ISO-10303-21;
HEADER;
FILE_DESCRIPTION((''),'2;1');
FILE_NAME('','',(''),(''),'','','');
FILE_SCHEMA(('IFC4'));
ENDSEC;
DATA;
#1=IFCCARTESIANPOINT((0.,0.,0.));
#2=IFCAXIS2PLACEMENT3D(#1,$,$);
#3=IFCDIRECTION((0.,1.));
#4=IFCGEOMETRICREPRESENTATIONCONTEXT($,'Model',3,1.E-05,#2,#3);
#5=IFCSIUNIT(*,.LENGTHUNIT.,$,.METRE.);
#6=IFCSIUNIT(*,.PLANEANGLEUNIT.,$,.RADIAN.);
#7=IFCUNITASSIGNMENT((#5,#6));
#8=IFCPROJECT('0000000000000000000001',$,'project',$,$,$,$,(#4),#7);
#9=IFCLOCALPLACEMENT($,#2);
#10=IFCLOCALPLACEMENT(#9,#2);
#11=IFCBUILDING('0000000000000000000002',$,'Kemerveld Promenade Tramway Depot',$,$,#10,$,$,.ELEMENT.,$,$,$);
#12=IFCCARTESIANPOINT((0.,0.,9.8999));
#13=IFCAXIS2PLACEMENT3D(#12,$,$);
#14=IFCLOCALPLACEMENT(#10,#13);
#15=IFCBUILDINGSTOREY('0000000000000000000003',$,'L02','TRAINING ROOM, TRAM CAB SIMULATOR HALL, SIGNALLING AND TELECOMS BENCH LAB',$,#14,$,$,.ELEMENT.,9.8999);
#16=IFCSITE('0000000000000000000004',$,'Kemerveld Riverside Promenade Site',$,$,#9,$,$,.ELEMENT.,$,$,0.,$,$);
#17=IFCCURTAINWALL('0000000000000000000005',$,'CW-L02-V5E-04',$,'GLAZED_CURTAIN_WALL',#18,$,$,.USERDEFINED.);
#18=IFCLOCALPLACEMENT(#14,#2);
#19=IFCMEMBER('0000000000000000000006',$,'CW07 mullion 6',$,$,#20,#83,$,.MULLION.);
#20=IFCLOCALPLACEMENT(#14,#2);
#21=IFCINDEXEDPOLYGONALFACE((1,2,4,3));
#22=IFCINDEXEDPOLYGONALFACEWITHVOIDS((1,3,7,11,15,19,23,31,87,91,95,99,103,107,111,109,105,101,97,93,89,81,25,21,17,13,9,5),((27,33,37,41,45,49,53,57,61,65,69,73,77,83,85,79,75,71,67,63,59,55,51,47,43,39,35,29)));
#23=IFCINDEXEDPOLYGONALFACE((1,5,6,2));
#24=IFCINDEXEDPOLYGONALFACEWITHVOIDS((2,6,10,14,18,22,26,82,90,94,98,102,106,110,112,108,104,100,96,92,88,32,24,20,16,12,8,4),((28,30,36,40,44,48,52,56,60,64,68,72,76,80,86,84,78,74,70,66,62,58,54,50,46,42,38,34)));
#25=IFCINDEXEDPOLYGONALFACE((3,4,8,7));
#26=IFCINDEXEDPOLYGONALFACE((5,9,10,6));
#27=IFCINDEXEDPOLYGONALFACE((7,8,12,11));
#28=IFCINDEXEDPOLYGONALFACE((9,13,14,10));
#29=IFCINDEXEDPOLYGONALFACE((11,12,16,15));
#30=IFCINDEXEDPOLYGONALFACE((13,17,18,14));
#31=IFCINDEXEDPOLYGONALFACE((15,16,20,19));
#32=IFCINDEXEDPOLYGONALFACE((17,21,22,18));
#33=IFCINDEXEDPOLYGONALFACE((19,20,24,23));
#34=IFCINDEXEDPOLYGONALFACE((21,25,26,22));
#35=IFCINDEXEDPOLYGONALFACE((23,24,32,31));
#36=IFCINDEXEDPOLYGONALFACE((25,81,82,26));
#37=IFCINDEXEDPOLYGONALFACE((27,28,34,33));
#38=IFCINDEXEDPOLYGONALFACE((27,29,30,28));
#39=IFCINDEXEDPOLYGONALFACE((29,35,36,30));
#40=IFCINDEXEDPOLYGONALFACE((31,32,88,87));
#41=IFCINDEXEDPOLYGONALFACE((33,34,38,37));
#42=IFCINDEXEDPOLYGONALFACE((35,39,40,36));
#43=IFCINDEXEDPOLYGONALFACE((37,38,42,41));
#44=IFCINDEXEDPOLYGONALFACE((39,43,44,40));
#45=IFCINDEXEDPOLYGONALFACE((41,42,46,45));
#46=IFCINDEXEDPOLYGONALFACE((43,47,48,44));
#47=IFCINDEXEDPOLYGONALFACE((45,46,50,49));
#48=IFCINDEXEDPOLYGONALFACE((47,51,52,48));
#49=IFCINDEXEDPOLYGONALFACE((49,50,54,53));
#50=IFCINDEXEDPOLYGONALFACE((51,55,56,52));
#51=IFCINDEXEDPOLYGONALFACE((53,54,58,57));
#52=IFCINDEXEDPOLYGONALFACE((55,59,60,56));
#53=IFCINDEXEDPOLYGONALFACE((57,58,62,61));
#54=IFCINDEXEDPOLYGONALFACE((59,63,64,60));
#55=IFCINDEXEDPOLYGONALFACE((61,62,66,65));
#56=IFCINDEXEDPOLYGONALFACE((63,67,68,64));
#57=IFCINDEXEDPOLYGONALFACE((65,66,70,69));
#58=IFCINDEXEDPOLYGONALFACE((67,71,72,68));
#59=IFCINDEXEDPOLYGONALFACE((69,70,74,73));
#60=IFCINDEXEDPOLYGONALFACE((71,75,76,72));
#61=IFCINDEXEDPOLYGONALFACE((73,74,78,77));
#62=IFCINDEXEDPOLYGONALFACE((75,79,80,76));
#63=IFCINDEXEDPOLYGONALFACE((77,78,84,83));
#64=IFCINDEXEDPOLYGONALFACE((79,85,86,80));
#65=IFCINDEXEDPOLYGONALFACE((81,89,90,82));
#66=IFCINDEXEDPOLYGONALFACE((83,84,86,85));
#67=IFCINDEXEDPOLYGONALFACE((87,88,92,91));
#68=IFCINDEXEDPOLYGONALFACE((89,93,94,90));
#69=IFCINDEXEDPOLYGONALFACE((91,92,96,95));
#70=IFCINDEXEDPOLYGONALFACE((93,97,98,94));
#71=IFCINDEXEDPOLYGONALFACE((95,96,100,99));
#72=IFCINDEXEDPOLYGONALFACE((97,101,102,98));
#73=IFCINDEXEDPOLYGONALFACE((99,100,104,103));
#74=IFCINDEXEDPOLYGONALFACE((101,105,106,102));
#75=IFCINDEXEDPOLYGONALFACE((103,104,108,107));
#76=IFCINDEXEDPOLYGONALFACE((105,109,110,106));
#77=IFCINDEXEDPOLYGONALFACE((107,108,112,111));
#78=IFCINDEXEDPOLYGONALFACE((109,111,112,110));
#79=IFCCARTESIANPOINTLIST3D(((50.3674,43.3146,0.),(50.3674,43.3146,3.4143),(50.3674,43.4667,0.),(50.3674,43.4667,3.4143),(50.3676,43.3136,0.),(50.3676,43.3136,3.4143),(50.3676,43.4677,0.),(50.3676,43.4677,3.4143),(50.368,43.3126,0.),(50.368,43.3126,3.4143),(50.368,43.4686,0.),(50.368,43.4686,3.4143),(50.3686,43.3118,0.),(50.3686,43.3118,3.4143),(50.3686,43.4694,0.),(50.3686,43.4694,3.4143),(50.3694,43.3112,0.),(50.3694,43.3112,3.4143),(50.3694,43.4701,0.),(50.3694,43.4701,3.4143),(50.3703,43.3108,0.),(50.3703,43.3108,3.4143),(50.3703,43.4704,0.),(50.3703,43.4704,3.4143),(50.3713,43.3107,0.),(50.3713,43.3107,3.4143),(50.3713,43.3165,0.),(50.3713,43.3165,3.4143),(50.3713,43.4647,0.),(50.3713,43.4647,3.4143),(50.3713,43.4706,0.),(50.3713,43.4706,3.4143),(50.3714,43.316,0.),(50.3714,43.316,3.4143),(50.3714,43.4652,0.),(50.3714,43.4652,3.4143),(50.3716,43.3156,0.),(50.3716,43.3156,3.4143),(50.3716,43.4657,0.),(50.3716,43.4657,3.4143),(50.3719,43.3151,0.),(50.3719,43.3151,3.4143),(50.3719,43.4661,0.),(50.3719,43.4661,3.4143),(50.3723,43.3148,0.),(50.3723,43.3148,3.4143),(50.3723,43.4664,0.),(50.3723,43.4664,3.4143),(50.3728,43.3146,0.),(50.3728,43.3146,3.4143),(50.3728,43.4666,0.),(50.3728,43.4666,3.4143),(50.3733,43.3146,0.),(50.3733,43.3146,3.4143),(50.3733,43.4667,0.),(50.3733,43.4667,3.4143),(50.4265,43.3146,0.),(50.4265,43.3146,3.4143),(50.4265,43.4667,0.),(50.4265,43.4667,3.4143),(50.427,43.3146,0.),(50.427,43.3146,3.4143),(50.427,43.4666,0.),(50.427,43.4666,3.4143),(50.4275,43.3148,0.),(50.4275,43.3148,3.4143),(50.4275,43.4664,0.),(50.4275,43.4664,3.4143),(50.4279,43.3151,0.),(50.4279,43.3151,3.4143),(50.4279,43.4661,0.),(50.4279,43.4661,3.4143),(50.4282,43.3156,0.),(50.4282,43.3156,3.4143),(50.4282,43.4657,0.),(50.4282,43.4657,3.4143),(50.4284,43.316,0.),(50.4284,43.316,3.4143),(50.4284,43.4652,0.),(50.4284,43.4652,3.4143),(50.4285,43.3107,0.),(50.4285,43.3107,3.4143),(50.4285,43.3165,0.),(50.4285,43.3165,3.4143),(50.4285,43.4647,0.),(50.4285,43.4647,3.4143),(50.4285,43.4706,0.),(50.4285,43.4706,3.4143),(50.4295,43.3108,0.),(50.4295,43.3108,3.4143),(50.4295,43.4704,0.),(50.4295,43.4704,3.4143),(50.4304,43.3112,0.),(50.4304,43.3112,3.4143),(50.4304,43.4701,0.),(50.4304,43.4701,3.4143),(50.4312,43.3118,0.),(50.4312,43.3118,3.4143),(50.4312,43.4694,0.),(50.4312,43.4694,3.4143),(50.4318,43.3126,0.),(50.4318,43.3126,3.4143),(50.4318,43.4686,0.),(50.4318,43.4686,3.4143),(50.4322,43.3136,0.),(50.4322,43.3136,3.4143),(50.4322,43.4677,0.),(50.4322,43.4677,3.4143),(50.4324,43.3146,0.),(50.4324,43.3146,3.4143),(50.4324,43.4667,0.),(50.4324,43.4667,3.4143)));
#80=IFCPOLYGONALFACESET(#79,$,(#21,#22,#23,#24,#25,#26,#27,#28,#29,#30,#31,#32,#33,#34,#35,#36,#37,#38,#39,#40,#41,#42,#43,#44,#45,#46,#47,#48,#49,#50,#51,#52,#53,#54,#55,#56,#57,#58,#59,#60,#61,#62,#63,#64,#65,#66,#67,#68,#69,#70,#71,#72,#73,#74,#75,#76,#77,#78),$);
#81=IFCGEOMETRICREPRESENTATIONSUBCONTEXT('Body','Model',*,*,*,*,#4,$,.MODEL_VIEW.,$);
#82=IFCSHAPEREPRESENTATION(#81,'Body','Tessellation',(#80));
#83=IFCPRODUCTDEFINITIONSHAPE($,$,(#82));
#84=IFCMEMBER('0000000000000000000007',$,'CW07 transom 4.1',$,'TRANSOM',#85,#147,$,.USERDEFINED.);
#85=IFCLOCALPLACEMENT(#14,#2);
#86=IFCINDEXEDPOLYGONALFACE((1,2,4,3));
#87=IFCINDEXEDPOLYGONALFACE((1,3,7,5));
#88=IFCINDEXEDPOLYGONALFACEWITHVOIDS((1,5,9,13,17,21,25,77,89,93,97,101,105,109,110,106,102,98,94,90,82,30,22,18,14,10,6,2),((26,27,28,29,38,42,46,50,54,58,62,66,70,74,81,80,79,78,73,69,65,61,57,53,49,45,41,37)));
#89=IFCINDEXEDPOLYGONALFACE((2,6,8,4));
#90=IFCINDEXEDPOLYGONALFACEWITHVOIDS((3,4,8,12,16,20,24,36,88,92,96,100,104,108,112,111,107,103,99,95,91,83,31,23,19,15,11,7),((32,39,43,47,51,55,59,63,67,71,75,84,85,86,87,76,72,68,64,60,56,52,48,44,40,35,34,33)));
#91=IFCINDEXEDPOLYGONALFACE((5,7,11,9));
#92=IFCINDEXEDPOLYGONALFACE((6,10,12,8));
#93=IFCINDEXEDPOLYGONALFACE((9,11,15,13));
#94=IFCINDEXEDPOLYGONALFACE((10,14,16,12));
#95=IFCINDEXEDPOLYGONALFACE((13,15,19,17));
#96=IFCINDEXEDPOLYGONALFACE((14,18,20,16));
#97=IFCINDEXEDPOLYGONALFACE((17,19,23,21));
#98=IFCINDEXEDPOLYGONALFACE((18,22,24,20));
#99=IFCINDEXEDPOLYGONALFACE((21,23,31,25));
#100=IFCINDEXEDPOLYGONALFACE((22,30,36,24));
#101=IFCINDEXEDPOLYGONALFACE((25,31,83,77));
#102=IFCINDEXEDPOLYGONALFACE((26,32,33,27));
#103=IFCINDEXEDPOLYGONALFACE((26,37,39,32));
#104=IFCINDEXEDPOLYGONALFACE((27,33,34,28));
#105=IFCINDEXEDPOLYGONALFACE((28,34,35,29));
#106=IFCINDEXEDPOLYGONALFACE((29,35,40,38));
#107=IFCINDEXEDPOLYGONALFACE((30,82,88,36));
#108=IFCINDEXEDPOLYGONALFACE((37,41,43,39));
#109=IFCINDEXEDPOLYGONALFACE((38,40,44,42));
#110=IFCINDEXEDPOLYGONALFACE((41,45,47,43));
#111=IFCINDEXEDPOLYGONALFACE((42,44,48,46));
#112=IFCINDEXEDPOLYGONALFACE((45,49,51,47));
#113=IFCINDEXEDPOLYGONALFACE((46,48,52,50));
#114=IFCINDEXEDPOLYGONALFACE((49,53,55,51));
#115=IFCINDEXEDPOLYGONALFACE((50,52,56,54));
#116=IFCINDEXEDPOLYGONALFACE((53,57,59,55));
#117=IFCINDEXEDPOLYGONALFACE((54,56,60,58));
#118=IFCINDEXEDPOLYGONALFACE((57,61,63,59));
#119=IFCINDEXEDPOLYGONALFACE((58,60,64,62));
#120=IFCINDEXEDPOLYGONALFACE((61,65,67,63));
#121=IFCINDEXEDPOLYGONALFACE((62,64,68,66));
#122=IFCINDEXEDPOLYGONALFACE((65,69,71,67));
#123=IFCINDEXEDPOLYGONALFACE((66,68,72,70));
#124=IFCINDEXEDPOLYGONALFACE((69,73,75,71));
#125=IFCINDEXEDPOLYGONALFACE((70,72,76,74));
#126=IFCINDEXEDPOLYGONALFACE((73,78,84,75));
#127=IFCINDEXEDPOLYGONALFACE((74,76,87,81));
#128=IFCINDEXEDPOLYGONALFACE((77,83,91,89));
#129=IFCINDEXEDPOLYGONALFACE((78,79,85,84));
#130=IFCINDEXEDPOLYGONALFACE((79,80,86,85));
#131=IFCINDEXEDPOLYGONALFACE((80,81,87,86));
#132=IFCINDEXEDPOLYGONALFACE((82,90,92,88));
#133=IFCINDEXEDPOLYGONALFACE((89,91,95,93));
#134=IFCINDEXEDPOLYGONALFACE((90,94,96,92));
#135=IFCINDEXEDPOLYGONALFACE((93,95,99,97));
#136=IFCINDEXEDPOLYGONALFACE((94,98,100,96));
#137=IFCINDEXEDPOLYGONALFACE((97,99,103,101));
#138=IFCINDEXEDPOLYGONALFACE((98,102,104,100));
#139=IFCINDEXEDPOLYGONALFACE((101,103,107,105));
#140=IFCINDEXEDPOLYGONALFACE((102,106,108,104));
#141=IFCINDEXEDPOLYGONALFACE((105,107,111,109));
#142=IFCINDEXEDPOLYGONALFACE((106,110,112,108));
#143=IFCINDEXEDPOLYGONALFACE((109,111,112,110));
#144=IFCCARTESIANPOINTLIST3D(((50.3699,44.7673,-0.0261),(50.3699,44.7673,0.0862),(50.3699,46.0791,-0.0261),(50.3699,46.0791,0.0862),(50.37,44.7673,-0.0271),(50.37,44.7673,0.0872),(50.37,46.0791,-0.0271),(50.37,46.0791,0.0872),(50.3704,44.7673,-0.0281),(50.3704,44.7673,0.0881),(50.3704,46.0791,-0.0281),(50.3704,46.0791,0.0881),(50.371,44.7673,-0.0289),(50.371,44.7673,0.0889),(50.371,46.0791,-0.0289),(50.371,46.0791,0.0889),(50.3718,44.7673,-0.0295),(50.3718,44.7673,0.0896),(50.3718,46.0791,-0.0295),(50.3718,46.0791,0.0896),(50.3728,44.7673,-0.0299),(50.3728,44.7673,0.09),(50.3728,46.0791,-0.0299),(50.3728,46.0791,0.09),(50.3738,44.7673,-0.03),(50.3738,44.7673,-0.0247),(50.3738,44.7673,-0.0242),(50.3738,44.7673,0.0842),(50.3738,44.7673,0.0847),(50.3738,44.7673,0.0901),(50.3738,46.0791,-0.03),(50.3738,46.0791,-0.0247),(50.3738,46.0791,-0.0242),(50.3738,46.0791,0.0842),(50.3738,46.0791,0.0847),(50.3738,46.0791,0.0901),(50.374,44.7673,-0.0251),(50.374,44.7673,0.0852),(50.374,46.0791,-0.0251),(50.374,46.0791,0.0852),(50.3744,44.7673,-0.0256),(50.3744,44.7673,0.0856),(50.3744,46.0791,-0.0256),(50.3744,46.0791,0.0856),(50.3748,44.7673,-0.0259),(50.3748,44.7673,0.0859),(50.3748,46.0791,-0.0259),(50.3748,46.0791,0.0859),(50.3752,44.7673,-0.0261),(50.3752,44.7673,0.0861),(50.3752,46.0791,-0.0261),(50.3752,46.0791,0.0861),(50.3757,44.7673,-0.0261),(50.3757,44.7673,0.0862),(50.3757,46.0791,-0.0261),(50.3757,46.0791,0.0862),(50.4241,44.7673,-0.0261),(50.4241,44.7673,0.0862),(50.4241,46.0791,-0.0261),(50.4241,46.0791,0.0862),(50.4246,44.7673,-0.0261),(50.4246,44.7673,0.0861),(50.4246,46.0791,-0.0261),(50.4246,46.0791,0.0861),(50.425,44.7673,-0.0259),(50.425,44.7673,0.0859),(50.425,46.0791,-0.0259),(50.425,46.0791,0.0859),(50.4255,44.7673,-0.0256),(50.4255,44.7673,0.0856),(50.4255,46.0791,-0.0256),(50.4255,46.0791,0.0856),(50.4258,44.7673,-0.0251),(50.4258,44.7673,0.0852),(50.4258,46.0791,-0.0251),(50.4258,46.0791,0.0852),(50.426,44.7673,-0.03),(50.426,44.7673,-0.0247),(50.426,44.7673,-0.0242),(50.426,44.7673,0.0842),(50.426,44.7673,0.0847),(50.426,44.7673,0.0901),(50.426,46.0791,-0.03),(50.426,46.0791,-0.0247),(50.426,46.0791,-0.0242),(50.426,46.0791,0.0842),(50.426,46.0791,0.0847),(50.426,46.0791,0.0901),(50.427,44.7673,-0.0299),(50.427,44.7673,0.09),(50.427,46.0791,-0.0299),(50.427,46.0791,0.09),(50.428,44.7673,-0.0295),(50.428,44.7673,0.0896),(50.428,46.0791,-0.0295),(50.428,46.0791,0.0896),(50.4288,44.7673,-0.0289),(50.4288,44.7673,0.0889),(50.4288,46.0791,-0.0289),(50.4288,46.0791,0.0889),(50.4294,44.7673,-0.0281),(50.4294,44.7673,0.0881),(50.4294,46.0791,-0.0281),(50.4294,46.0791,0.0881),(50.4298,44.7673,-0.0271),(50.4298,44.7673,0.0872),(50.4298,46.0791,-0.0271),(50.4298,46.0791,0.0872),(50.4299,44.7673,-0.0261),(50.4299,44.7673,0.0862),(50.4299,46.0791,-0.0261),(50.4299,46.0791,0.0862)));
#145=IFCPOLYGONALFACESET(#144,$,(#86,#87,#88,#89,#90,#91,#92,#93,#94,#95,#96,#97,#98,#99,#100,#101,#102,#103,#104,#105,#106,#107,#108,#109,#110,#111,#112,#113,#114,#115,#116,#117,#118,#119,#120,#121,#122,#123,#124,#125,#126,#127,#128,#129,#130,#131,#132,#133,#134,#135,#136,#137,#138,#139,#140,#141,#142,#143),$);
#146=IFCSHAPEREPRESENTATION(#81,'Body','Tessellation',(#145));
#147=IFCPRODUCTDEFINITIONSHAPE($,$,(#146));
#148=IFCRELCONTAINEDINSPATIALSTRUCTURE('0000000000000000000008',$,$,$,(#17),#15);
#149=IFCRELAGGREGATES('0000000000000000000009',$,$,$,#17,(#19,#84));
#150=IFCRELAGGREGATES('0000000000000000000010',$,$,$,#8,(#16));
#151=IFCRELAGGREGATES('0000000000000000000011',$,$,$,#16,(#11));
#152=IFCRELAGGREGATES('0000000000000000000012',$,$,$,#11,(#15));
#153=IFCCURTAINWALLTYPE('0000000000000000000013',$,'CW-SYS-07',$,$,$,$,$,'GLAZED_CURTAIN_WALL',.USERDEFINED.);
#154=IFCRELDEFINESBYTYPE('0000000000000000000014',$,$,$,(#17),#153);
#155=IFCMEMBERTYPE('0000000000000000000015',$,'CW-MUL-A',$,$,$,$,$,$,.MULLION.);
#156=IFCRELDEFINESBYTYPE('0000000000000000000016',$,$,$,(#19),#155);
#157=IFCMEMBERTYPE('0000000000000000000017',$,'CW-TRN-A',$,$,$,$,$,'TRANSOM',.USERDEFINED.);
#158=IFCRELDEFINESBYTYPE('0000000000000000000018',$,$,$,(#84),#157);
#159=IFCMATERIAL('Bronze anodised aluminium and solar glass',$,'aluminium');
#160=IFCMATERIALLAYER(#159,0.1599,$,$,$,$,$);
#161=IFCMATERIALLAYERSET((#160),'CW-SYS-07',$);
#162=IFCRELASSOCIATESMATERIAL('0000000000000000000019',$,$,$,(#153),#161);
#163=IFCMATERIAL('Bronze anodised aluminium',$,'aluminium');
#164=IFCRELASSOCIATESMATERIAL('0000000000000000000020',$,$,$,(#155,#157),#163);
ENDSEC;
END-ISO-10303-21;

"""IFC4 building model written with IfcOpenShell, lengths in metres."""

from ifc_helpers import new_model, si_unit, direction, frame, origin, origin_2d, place, context, subcontext, project, spatial, hollow_rectangle, extrude, material, layer, layer_set, material_profile, profile_set, type_object, element, aggregate, save


model = new_model("IFC4")

# Units and contexts
model_context = context("Model", 3, precision=1e-05, world=origin(), true_north=direction((0.0, 1.0)))
body_context = subcontext(model_context, "Body", "Model", "MODEL_VIEW")
ifc_project = project(units=[si_unit("LENGTHUNIT", "METRE"), si_unit("PLANEANGLEUNIT", "RADIAN")], contexts=[model_context])

# Site, building, storey
site_placement = place(None, origin())
site = spatial("IfcSite", under=ifc_project, at=site_placement, Name="Kemerveld Riverside Promenade Site", CompositionType="ELEMENT", RefElevation=0.0)
building_placement = place(site_placement, origin())
building = spatial("IfcBuilding", under=site, at=building_placement, Name="Kemerveld Promenade Tramway Depot", CompositionType="ELEMENT")
storey_placement = place(building_placement, frame((0.0, 0.0, 9.8999)))
storey = spatial("IfcBuildingStorey", under=building, at=storey_placement, Name="L02", Description="TRAINING ROOM, TRAM CAB SIMULATOR HALL, SIGNALLING AND TELECOMS BENCH LAB", CompositionType="ELEMENT", Elevation=9.8999)

# Curtain wall, members
ifc_material_1 = material(Name="Bronze anodised aluminium and solar glass", Category="aluminium")
ifc_layer_1 = layer(ifc_material_1, 0.1599)
ifc_layer_set_1 = layer_set([ifc_layer_1], Name="CW-SYS-07")
curtain_wall_type = type_object("IfcCurtainWallType", Name="CW-SYS-07", ElementType="GLAZED_CURTAIN_WALL", PredefinedType="USERDEFINED", material=ifc_layer_set_1)
curtain_wall_placement = place(storey_placement, origin())
curtain_wall = element("IfcCurtainWall", 1, at=curtain_wall_placement, inside=storey, type_object=curtain_wall_type, Name="CW-L02-V5E-04", ObjectType="GLAZED_CURTAIN_WALL", PredefinedType="USERDEFINED")
ifc_material_2 = material(Name="Bronze anodised aluminium", Category="aluminium")
ifc_material_profile_1 = material_profile(ifc_material_2, hollow_rectangle(XDim=0.0649, YDim=0.1599, WallThickness=0.0039, InnerFilletRadius=0.002, OuterFilletRadius=0.0039, at=origin_2d()), Name="CW-MUL-160x65")
ifc_profile_set_1 = profile_set([ifc_material_profile_1], Name="Bronze anodised aluminium")
member_type_1 = type_object("IfcMemberType", Name="CW-MUL-A", PredefinedType="MULLION", material=ifc_profile_set_1)
member_1_placement = place(storey_placement, frame((50.3999, 43.3906, 0.0), z_axis=(0.0, 0.0, 1.0), x_axis=(1.0, 0.0, 0.0)))
member_1 = element("IfcMember", 2, at=member_1_placement, type_object=member_type_1, Name="CW07 mullion 6", PredefinedType="MULLION", context=body_context, shape_type="SweptSolid", body=[
    extrude(hollow_rectangle(XDim=0.0649, YDim=0.1599, WallThickness=0.0039, InnerFilletRadius=0.002, OuterFilletRadius=0.0039, at=origin_2d()), origin(), (0.0, 0.0, 1.0), 3.4143),
])
ifc_material_profile_2 = material_profile(ifc_material_2, hollow_rectangle(XDim=0.0601, YDim=0.1201, WallThickness=0.0039, InnerFilletRadius=0.002, OuterFilletRadius=0.0039, at=origin_2d()), Name="CW-TRN-120x60")
ifc_profile_set_2 = profile_set([ifc_material_profile_2], Name="Bronze anodised aluminium")
member_type_2 = type_object("IfcMemberType", Name="CW-TRN-A", ElementType="TRANSOM", PredefinedType="USERDEFINED", material=ifc_profile_set_2)
member_2_placement = place(storey_placement, frame((50.3999, 46.0791, 0.03), z_axis=(0.0, -1.0, 0.0), x_axis=(1.0, 0.0, 0.0)))
member_2 = element("IfcMember", 3, at=member_2_placement, type_object=member_type_2, Name="CW07 transom 4.1", ObjectType="TRANSOM", PredefinedType="USERDEFINED", context=body_context, shape_type="SweptSolid", body=[
    extrude(hollow_rectangle(XDim=0.0601, YDim=0.1201, WallThickness=0.0039, InnerFilletRadius=0.002, OuterFilletRadius=0.0039, at=origin_2d()), origin(), (0.0, 0.0, 1.0), 1.3118),
])
aggregate(curtain_wall, [member_1, member_2])

save(model, "model.ifc")
